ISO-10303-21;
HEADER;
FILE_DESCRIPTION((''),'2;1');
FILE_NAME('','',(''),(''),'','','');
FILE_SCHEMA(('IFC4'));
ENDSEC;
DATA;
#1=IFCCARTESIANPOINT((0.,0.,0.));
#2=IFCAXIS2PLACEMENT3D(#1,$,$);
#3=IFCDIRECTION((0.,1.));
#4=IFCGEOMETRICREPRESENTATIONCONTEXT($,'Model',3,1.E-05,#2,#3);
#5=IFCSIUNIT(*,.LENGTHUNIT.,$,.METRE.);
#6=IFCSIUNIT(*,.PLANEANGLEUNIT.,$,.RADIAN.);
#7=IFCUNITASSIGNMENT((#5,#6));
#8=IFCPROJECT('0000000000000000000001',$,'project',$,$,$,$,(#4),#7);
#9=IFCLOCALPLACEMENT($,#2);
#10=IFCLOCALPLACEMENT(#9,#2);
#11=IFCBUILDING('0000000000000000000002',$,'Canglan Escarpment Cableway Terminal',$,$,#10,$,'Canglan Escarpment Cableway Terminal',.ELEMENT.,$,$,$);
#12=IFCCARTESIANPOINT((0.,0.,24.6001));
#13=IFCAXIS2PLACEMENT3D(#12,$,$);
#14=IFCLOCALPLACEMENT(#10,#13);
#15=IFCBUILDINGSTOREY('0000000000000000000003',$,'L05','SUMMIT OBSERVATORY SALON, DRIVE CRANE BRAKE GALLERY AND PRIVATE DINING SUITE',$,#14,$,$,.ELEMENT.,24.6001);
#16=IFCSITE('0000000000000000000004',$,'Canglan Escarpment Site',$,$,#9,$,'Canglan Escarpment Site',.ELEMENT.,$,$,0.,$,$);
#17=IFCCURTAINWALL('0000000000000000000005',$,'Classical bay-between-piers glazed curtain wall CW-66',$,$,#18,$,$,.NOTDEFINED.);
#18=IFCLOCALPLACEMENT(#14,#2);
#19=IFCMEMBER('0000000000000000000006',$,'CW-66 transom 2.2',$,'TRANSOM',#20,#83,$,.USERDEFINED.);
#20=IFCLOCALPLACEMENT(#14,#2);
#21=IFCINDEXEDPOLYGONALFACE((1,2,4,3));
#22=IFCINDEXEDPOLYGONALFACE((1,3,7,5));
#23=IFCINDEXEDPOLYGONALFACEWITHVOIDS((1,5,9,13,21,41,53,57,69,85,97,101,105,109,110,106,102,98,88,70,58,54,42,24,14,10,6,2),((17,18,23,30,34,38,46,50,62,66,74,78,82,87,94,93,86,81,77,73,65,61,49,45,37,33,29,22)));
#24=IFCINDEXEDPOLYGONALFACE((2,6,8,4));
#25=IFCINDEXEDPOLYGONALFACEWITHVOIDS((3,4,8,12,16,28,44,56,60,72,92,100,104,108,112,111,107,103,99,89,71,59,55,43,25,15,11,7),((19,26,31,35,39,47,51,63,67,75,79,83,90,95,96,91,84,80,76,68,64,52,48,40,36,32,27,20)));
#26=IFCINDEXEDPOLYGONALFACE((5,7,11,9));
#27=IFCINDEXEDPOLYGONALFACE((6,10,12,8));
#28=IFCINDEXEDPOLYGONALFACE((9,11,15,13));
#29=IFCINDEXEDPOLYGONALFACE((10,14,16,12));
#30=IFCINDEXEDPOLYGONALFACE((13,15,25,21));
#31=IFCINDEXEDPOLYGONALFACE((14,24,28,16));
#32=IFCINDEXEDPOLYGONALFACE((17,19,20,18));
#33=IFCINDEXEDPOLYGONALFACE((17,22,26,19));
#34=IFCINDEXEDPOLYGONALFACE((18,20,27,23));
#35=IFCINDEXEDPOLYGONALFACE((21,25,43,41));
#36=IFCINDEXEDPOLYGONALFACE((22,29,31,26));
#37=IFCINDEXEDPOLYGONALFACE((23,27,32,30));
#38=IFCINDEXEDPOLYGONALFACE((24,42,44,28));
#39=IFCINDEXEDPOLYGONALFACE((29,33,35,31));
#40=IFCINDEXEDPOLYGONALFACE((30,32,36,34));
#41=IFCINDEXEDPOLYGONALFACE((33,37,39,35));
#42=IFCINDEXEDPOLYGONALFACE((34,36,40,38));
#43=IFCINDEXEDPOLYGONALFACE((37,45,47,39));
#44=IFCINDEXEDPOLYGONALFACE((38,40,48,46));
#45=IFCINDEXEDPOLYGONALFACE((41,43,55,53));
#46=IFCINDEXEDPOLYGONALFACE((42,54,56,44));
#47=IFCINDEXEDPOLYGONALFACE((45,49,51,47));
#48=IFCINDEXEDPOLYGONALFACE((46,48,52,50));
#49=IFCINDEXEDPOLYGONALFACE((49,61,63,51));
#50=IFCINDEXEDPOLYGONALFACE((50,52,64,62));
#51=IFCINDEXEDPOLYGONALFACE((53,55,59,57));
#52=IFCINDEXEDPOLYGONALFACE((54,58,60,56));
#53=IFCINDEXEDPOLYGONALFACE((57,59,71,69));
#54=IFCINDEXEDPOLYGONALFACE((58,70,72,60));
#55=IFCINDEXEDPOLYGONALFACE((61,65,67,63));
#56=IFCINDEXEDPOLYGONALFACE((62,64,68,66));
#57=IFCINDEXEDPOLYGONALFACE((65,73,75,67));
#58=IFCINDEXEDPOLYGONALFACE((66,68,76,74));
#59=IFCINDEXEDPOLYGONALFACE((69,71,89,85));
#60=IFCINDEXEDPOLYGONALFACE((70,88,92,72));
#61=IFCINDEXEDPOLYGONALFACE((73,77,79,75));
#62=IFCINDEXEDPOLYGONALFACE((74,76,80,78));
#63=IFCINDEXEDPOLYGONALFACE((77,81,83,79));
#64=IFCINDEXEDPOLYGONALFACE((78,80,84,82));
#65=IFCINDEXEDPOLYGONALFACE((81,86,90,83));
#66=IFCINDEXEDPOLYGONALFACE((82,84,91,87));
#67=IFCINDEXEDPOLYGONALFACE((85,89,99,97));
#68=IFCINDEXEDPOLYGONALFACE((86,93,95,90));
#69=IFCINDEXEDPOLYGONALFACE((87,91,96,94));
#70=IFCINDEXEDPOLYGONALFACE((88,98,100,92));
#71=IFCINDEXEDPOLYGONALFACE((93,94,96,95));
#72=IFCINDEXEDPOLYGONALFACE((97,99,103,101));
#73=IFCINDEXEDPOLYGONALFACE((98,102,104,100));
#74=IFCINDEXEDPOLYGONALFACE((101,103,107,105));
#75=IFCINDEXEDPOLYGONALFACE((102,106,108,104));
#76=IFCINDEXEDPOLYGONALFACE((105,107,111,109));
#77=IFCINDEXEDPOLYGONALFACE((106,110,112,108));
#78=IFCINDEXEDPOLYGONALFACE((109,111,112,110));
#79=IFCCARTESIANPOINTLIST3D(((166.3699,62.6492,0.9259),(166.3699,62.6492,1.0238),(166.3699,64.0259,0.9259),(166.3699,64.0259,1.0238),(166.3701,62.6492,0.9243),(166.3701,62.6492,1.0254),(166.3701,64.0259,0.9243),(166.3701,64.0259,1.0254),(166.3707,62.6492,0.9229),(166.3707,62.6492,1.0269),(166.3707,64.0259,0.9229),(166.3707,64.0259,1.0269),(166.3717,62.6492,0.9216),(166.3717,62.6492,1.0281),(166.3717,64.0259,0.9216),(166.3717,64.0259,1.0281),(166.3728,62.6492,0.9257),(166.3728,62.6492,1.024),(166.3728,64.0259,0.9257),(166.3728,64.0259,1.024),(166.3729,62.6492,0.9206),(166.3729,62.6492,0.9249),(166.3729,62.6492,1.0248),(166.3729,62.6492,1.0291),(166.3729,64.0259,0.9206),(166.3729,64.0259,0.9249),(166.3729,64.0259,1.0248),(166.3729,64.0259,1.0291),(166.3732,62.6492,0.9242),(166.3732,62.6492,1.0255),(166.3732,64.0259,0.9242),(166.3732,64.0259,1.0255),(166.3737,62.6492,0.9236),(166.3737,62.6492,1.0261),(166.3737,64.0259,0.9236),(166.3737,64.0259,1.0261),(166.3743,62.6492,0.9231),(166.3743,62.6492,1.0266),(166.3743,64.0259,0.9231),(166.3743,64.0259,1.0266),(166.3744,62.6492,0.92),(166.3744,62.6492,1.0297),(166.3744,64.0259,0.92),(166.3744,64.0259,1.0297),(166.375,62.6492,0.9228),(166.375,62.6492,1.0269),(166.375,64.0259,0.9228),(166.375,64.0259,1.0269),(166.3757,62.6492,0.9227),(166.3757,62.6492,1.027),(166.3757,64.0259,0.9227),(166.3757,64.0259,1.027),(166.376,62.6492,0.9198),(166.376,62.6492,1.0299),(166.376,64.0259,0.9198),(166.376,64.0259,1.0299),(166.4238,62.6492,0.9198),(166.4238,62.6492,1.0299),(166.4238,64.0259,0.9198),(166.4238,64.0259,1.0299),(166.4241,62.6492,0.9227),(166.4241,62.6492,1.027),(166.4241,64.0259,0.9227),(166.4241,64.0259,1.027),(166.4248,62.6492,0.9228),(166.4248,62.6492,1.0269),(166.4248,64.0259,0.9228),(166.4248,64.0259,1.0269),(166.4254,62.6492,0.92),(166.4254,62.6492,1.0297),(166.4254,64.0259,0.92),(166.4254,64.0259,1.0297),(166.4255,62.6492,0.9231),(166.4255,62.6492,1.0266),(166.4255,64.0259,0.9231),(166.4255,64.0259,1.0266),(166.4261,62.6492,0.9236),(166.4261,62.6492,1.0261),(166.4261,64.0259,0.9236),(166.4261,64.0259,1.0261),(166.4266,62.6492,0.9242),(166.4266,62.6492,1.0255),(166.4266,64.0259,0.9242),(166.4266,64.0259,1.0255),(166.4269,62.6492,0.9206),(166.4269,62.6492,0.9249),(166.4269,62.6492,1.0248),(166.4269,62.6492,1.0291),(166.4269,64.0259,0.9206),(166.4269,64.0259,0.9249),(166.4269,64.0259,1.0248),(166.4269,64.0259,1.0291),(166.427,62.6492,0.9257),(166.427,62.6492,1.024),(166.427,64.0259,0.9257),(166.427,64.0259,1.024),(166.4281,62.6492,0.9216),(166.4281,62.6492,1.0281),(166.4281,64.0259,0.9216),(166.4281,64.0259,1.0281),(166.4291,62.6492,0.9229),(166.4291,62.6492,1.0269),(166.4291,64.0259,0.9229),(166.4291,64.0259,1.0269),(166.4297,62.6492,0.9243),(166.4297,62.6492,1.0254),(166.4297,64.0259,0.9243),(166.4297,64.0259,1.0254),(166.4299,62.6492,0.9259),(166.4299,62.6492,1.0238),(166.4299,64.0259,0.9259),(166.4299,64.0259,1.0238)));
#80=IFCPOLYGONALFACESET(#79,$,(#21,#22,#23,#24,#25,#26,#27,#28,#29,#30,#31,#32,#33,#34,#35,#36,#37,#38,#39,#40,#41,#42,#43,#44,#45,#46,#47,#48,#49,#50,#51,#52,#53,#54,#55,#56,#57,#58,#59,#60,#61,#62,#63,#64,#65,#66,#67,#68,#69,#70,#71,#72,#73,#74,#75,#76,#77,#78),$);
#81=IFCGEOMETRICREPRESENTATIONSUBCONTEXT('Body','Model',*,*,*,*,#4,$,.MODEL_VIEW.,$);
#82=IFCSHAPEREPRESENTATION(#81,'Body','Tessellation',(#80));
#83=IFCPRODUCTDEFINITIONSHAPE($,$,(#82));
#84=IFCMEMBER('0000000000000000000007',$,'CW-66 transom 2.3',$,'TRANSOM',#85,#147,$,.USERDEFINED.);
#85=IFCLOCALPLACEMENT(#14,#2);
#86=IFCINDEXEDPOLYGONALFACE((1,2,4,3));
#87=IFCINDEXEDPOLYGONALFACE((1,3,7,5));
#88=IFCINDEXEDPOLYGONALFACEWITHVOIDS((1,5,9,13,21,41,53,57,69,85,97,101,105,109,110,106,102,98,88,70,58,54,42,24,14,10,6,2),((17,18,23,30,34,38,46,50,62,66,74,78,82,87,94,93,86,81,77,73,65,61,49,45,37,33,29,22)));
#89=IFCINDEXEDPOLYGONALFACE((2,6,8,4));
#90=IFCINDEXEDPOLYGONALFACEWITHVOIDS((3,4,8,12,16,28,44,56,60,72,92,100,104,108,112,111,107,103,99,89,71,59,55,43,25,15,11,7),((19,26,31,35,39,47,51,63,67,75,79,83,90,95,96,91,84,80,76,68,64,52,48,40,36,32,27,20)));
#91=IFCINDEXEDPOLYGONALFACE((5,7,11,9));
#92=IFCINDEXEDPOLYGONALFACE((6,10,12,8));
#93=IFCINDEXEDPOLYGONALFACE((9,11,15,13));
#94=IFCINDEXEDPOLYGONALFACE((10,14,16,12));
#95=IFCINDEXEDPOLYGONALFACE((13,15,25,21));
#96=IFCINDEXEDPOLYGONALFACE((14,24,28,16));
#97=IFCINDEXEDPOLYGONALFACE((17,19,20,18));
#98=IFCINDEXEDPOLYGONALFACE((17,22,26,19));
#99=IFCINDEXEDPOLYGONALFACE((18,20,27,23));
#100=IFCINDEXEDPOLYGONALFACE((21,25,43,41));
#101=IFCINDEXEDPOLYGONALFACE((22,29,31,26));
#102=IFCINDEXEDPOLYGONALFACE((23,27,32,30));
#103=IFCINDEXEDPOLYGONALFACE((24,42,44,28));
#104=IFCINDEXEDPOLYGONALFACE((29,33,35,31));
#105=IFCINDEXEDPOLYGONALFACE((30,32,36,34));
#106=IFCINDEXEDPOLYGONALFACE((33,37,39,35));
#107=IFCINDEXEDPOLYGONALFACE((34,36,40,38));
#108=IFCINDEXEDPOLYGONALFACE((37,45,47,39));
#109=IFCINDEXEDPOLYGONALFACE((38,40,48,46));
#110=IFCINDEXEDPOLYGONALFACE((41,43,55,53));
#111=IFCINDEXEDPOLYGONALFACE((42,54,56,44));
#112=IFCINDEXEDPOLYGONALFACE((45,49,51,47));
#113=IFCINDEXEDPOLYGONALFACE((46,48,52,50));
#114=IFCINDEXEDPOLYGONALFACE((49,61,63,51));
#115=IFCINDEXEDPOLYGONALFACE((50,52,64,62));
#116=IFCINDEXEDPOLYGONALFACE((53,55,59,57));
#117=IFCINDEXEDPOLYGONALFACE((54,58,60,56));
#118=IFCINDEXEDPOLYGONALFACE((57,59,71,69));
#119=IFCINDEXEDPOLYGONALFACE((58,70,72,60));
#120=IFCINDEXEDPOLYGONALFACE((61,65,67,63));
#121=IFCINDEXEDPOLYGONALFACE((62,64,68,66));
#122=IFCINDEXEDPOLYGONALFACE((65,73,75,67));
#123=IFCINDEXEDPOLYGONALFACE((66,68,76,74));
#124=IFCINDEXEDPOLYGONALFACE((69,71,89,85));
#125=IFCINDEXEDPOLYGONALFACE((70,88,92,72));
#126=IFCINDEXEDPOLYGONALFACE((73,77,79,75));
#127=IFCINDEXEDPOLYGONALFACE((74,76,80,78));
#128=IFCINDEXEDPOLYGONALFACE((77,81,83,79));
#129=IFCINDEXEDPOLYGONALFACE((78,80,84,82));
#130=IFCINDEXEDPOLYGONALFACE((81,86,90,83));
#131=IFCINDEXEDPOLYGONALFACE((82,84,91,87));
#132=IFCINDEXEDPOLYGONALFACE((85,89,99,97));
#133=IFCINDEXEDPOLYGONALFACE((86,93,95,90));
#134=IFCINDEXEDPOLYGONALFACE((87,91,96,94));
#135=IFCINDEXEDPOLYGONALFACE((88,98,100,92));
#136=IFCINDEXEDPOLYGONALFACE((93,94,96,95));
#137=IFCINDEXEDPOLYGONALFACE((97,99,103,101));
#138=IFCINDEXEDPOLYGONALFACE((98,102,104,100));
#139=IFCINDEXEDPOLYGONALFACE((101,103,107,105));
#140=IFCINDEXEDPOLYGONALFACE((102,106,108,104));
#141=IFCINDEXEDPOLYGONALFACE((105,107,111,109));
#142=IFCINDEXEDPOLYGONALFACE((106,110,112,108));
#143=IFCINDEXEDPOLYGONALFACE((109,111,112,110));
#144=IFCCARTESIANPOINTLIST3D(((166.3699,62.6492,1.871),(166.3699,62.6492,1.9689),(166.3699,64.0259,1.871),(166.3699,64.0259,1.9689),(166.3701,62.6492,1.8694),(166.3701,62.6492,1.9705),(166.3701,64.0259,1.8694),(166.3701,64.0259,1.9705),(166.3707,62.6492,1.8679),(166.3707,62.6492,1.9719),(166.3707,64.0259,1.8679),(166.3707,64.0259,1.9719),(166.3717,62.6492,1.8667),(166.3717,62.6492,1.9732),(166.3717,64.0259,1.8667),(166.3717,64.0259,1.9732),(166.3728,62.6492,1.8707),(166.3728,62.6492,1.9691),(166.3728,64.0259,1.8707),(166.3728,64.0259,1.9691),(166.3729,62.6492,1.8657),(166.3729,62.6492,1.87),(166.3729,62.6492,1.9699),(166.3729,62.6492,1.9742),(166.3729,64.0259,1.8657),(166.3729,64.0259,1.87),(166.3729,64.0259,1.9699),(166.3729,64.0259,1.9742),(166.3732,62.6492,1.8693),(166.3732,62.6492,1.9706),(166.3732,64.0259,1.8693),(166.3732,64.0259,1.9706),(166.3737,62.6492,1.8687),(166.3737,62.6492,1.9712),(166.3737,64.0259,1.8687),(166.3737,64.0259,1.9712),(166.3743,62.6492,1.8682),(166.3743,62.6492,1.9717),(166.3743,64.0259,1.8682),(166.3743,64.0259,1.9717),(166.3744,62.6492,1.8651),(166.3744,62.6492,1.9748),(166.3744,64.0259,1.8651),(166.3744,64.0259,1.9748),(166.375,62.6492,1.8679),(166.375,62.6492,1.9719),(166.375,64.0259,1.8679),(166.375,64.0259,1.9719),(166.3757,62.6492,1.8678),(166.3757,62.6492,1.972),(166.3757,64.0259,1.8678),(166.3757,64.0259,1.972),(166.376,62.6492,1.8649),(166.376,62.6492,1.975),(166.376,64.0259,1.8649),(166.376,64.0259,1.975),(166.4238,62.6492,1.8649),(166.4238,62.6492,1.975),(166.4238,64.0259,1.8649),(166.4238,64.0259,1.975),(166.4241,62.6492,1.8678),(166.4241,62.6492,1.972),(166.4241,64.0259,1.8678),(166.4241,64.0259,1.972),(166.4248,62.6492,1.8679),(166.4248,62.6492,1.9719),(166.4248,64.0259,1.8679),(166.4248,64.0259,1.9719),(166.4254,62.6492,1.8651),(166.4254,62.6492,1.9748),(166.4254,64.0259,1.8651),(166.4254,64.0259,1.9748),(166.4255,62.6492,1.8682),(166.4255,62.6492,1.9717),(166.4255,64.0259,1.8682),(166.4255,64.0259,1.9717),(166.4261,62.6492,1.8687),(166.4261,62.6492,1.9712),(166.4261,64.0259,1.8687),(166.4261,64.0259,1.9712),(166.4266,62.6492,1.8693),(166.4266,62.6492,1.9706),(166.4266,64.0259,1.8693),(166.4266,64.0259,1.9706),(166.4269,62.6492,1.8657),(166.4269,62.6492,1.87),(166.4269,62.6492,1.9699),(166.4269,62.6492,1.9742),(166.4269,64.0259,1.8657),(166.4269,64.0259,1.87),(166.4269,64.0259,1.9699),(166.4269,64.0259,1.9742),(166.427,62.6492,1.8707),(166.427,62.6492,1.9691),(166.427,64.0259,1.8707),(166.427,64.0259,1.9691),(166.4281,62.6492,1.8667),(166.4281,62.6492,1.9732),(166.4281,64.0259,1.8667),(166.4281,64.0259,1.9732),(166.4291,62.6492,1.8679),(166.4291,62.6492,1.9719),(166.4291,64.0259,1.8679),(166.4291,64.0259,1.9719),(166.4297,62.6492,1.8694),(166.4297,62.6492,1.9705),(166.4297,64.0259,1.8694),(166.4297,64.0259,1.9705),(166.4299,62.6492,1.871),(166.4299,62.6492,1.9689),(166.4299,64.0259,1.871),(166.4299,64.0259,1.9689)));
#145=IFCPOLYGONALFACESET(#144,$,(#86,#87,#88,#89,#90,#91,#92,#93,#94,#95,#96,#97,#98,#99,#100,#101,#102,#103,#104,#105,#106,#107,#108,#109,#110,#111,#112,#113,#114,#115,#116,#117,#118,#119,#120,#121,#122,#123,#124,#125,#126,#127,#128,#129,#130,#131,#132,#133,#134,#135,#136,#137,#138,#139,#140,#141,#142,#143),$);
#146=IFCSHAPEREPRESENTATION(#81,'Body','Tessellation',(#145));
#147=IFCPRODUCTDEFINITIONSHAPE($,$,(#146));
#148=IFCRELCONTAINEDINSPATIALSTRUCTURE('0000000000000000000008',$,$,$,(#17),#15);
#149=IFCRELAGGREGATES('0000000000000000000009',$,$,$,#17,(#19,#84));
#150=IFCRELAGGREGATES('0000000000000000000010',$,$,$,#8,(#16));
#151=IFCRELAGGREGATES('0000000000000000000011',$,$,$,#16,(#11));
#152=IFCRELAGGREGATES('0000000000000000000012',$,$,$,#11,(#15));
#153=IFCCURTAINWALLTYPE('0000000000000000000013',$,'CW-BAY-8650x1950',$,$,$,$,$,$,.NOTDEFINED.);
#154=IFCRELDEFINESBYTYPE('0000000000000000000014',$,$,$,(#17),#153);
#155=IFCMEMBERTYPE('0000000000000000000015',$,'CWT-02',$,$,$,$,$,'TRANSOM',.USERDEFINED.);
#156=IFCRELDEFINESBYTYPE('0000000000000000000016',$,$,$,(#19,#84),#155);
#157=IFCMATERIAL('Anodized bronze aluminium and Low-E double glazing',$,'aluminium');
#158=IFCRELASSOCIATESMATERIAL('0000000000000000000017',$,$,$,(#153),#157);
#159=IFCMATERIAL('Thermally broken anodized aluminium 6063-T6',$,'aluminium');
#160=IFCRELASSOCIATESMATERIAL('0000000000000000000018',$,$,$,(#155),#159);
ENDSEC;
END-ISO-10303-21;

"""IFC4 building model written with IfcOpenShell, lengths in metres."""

from ifc_helpers import new_model, si_unit, direction, frame, origin, origin_2d, place, context, subcontext, project, spatial, hollow_rectangle, extrude, material, material_profile, profile_set, type_object, element, aggregate, save


model = new_model("IFC4")

# Units and contexts
model_context = context("Model", 3, precision=1e-05, world=origin(), true_north=direction((0.0, 1.0)))
body_context = subcontext(model_context, "Body", "Model", "MODEL_VIEW")
ifc_project = project(units=[si_unit("LENGTHUNIT", "METRE"), si_unit("PLANEANGLEUNIT", "RADIAN")], contexts=[model_context])

# Site, building, storey
site_placement = place(None, origin())
site = spatial("IfcSite", under=ifc_project, at=site_placement, Name="Canglan Escarpment Site", LongName="Canglan Escarpment Site", CompositionType="ELEMENT", RefElevation=0.0)
building_placement = place(site_placement, origin())
building = spatial("IfcBuilding", under=site, at=building_placement, Name="Canglan Escarpment Cableway Terminal", LongName="Canglan Escarpment Cableway Terminal", CompositionType="ELEMENT")
storey_placement = place(building_placement, frame((0.0, 0.0, 24.6001)))
storey = spatial("IfcBuildingStorey", under=building, at=storey_placement, Name="L05", Description="SUMMIT OBSERVATORY SALON, DRIVE CRANE BRAKE GALLERY AND PRIVATE DINING SUITE", CompositionType="ELEMENT", Elevation=24.6001)

# Shared definitions
ifc_material_1 = material(Name="Anodized bronze aluminium and Low-E double glazing", Category="aluminium")
curtain_wall_type = type_object("IfcCurtainWallType", Name="CW-BAY-8650x1950", PredefinedType="NOTDEFINED", material=ifc_material_1)
ifc_material_2 = material(Name="Thermally broken anodized aluminium 6063-T6", Category="aluminium")

# Curtain wall
curtain_wall_1_placement = place(storey_placement, origin())
curtain_wall_1 = element("IfcCurtainWall", 1, at=curtain_wall_1_placement, inside=storey, type_object=curtain_wall_type, Name="Classical bay-between-piers glazed curtain wall CW-66", PredefinedType="NOTDEFINED")

# Members
ifc_material_profile_1 = material_profile(ifc_material_2, hollow_rectangle(XDim=0.0601, YDim=0.1101, WallThickness=0.0029, InnerFilletRadius=0.0029, OuterFilletRadius=0.0061, at=origin_2d()), Name="ALU-TRAN 60x110x3")
ifc_profile_set_1 = profile_set([ifc_material_profile_1], Name="Thermally broken anodized aluminium 6063-T6")
member_type_1 = type_object("IfcMemberType", Name="CWT-02", ElementType="TRANSOM", PredefinedType="USERDEFINED", material=ifc_profile_set_1)
member_1_placement = place(storey_placement, frame((166.3999, 62.6492, 0.9749), z_axis=(0.0, 1.0, 0.0), x_axis=(-1.0, 0.0, 0.0)))
member_1 = element("IfcMember", 2, at=member_1_placement, type_object=member_type_1, Name="CW-66 transom 2.2", ObjectType="TRANSOM", PredefinedType="USERDEFINED", context=body_context, shape_type="SweptSolid", body=[
    extrude(hollow_rectangle(XDim=0.0601, YDim=0.1101, WallThickness=0.0029, InnerFilletRadius=0.0029, OuterFilletRadius=0.0061, at=origin_2d()), origin(), (0.0, 0.0, 1.0), 1.3767),
])
member_2_placement = place(storey_placement, frame((166.3999, 62.6492, 1.9199), z_axis=(0.0, 1.0, 0.0), x_axis=(-1.0, 0.0, 0.0)))
member_2 = element("IfcMember", 3, at=member_2_placement, type_object=member_type_1, Name="CW-66 transom 2.3", ObjectType="TRANSOM", PredefinedType="USERDEFINED", context=body_context, shape_type="SweptSolid", body=[
    extrude(hollow_rectangle(XDim=0.0601, YDim=0.1101, WallThickness=0.0029, InnerFilletRadius=0.0029, OuterFilletRadius=0.0061, at=origin_2d()), origin(), (0.0, 0.0, 1.0), 1.3767),
])

aggregate(curtain_wall_1, [member_1, member_2])

save(model, "model.ifc")
